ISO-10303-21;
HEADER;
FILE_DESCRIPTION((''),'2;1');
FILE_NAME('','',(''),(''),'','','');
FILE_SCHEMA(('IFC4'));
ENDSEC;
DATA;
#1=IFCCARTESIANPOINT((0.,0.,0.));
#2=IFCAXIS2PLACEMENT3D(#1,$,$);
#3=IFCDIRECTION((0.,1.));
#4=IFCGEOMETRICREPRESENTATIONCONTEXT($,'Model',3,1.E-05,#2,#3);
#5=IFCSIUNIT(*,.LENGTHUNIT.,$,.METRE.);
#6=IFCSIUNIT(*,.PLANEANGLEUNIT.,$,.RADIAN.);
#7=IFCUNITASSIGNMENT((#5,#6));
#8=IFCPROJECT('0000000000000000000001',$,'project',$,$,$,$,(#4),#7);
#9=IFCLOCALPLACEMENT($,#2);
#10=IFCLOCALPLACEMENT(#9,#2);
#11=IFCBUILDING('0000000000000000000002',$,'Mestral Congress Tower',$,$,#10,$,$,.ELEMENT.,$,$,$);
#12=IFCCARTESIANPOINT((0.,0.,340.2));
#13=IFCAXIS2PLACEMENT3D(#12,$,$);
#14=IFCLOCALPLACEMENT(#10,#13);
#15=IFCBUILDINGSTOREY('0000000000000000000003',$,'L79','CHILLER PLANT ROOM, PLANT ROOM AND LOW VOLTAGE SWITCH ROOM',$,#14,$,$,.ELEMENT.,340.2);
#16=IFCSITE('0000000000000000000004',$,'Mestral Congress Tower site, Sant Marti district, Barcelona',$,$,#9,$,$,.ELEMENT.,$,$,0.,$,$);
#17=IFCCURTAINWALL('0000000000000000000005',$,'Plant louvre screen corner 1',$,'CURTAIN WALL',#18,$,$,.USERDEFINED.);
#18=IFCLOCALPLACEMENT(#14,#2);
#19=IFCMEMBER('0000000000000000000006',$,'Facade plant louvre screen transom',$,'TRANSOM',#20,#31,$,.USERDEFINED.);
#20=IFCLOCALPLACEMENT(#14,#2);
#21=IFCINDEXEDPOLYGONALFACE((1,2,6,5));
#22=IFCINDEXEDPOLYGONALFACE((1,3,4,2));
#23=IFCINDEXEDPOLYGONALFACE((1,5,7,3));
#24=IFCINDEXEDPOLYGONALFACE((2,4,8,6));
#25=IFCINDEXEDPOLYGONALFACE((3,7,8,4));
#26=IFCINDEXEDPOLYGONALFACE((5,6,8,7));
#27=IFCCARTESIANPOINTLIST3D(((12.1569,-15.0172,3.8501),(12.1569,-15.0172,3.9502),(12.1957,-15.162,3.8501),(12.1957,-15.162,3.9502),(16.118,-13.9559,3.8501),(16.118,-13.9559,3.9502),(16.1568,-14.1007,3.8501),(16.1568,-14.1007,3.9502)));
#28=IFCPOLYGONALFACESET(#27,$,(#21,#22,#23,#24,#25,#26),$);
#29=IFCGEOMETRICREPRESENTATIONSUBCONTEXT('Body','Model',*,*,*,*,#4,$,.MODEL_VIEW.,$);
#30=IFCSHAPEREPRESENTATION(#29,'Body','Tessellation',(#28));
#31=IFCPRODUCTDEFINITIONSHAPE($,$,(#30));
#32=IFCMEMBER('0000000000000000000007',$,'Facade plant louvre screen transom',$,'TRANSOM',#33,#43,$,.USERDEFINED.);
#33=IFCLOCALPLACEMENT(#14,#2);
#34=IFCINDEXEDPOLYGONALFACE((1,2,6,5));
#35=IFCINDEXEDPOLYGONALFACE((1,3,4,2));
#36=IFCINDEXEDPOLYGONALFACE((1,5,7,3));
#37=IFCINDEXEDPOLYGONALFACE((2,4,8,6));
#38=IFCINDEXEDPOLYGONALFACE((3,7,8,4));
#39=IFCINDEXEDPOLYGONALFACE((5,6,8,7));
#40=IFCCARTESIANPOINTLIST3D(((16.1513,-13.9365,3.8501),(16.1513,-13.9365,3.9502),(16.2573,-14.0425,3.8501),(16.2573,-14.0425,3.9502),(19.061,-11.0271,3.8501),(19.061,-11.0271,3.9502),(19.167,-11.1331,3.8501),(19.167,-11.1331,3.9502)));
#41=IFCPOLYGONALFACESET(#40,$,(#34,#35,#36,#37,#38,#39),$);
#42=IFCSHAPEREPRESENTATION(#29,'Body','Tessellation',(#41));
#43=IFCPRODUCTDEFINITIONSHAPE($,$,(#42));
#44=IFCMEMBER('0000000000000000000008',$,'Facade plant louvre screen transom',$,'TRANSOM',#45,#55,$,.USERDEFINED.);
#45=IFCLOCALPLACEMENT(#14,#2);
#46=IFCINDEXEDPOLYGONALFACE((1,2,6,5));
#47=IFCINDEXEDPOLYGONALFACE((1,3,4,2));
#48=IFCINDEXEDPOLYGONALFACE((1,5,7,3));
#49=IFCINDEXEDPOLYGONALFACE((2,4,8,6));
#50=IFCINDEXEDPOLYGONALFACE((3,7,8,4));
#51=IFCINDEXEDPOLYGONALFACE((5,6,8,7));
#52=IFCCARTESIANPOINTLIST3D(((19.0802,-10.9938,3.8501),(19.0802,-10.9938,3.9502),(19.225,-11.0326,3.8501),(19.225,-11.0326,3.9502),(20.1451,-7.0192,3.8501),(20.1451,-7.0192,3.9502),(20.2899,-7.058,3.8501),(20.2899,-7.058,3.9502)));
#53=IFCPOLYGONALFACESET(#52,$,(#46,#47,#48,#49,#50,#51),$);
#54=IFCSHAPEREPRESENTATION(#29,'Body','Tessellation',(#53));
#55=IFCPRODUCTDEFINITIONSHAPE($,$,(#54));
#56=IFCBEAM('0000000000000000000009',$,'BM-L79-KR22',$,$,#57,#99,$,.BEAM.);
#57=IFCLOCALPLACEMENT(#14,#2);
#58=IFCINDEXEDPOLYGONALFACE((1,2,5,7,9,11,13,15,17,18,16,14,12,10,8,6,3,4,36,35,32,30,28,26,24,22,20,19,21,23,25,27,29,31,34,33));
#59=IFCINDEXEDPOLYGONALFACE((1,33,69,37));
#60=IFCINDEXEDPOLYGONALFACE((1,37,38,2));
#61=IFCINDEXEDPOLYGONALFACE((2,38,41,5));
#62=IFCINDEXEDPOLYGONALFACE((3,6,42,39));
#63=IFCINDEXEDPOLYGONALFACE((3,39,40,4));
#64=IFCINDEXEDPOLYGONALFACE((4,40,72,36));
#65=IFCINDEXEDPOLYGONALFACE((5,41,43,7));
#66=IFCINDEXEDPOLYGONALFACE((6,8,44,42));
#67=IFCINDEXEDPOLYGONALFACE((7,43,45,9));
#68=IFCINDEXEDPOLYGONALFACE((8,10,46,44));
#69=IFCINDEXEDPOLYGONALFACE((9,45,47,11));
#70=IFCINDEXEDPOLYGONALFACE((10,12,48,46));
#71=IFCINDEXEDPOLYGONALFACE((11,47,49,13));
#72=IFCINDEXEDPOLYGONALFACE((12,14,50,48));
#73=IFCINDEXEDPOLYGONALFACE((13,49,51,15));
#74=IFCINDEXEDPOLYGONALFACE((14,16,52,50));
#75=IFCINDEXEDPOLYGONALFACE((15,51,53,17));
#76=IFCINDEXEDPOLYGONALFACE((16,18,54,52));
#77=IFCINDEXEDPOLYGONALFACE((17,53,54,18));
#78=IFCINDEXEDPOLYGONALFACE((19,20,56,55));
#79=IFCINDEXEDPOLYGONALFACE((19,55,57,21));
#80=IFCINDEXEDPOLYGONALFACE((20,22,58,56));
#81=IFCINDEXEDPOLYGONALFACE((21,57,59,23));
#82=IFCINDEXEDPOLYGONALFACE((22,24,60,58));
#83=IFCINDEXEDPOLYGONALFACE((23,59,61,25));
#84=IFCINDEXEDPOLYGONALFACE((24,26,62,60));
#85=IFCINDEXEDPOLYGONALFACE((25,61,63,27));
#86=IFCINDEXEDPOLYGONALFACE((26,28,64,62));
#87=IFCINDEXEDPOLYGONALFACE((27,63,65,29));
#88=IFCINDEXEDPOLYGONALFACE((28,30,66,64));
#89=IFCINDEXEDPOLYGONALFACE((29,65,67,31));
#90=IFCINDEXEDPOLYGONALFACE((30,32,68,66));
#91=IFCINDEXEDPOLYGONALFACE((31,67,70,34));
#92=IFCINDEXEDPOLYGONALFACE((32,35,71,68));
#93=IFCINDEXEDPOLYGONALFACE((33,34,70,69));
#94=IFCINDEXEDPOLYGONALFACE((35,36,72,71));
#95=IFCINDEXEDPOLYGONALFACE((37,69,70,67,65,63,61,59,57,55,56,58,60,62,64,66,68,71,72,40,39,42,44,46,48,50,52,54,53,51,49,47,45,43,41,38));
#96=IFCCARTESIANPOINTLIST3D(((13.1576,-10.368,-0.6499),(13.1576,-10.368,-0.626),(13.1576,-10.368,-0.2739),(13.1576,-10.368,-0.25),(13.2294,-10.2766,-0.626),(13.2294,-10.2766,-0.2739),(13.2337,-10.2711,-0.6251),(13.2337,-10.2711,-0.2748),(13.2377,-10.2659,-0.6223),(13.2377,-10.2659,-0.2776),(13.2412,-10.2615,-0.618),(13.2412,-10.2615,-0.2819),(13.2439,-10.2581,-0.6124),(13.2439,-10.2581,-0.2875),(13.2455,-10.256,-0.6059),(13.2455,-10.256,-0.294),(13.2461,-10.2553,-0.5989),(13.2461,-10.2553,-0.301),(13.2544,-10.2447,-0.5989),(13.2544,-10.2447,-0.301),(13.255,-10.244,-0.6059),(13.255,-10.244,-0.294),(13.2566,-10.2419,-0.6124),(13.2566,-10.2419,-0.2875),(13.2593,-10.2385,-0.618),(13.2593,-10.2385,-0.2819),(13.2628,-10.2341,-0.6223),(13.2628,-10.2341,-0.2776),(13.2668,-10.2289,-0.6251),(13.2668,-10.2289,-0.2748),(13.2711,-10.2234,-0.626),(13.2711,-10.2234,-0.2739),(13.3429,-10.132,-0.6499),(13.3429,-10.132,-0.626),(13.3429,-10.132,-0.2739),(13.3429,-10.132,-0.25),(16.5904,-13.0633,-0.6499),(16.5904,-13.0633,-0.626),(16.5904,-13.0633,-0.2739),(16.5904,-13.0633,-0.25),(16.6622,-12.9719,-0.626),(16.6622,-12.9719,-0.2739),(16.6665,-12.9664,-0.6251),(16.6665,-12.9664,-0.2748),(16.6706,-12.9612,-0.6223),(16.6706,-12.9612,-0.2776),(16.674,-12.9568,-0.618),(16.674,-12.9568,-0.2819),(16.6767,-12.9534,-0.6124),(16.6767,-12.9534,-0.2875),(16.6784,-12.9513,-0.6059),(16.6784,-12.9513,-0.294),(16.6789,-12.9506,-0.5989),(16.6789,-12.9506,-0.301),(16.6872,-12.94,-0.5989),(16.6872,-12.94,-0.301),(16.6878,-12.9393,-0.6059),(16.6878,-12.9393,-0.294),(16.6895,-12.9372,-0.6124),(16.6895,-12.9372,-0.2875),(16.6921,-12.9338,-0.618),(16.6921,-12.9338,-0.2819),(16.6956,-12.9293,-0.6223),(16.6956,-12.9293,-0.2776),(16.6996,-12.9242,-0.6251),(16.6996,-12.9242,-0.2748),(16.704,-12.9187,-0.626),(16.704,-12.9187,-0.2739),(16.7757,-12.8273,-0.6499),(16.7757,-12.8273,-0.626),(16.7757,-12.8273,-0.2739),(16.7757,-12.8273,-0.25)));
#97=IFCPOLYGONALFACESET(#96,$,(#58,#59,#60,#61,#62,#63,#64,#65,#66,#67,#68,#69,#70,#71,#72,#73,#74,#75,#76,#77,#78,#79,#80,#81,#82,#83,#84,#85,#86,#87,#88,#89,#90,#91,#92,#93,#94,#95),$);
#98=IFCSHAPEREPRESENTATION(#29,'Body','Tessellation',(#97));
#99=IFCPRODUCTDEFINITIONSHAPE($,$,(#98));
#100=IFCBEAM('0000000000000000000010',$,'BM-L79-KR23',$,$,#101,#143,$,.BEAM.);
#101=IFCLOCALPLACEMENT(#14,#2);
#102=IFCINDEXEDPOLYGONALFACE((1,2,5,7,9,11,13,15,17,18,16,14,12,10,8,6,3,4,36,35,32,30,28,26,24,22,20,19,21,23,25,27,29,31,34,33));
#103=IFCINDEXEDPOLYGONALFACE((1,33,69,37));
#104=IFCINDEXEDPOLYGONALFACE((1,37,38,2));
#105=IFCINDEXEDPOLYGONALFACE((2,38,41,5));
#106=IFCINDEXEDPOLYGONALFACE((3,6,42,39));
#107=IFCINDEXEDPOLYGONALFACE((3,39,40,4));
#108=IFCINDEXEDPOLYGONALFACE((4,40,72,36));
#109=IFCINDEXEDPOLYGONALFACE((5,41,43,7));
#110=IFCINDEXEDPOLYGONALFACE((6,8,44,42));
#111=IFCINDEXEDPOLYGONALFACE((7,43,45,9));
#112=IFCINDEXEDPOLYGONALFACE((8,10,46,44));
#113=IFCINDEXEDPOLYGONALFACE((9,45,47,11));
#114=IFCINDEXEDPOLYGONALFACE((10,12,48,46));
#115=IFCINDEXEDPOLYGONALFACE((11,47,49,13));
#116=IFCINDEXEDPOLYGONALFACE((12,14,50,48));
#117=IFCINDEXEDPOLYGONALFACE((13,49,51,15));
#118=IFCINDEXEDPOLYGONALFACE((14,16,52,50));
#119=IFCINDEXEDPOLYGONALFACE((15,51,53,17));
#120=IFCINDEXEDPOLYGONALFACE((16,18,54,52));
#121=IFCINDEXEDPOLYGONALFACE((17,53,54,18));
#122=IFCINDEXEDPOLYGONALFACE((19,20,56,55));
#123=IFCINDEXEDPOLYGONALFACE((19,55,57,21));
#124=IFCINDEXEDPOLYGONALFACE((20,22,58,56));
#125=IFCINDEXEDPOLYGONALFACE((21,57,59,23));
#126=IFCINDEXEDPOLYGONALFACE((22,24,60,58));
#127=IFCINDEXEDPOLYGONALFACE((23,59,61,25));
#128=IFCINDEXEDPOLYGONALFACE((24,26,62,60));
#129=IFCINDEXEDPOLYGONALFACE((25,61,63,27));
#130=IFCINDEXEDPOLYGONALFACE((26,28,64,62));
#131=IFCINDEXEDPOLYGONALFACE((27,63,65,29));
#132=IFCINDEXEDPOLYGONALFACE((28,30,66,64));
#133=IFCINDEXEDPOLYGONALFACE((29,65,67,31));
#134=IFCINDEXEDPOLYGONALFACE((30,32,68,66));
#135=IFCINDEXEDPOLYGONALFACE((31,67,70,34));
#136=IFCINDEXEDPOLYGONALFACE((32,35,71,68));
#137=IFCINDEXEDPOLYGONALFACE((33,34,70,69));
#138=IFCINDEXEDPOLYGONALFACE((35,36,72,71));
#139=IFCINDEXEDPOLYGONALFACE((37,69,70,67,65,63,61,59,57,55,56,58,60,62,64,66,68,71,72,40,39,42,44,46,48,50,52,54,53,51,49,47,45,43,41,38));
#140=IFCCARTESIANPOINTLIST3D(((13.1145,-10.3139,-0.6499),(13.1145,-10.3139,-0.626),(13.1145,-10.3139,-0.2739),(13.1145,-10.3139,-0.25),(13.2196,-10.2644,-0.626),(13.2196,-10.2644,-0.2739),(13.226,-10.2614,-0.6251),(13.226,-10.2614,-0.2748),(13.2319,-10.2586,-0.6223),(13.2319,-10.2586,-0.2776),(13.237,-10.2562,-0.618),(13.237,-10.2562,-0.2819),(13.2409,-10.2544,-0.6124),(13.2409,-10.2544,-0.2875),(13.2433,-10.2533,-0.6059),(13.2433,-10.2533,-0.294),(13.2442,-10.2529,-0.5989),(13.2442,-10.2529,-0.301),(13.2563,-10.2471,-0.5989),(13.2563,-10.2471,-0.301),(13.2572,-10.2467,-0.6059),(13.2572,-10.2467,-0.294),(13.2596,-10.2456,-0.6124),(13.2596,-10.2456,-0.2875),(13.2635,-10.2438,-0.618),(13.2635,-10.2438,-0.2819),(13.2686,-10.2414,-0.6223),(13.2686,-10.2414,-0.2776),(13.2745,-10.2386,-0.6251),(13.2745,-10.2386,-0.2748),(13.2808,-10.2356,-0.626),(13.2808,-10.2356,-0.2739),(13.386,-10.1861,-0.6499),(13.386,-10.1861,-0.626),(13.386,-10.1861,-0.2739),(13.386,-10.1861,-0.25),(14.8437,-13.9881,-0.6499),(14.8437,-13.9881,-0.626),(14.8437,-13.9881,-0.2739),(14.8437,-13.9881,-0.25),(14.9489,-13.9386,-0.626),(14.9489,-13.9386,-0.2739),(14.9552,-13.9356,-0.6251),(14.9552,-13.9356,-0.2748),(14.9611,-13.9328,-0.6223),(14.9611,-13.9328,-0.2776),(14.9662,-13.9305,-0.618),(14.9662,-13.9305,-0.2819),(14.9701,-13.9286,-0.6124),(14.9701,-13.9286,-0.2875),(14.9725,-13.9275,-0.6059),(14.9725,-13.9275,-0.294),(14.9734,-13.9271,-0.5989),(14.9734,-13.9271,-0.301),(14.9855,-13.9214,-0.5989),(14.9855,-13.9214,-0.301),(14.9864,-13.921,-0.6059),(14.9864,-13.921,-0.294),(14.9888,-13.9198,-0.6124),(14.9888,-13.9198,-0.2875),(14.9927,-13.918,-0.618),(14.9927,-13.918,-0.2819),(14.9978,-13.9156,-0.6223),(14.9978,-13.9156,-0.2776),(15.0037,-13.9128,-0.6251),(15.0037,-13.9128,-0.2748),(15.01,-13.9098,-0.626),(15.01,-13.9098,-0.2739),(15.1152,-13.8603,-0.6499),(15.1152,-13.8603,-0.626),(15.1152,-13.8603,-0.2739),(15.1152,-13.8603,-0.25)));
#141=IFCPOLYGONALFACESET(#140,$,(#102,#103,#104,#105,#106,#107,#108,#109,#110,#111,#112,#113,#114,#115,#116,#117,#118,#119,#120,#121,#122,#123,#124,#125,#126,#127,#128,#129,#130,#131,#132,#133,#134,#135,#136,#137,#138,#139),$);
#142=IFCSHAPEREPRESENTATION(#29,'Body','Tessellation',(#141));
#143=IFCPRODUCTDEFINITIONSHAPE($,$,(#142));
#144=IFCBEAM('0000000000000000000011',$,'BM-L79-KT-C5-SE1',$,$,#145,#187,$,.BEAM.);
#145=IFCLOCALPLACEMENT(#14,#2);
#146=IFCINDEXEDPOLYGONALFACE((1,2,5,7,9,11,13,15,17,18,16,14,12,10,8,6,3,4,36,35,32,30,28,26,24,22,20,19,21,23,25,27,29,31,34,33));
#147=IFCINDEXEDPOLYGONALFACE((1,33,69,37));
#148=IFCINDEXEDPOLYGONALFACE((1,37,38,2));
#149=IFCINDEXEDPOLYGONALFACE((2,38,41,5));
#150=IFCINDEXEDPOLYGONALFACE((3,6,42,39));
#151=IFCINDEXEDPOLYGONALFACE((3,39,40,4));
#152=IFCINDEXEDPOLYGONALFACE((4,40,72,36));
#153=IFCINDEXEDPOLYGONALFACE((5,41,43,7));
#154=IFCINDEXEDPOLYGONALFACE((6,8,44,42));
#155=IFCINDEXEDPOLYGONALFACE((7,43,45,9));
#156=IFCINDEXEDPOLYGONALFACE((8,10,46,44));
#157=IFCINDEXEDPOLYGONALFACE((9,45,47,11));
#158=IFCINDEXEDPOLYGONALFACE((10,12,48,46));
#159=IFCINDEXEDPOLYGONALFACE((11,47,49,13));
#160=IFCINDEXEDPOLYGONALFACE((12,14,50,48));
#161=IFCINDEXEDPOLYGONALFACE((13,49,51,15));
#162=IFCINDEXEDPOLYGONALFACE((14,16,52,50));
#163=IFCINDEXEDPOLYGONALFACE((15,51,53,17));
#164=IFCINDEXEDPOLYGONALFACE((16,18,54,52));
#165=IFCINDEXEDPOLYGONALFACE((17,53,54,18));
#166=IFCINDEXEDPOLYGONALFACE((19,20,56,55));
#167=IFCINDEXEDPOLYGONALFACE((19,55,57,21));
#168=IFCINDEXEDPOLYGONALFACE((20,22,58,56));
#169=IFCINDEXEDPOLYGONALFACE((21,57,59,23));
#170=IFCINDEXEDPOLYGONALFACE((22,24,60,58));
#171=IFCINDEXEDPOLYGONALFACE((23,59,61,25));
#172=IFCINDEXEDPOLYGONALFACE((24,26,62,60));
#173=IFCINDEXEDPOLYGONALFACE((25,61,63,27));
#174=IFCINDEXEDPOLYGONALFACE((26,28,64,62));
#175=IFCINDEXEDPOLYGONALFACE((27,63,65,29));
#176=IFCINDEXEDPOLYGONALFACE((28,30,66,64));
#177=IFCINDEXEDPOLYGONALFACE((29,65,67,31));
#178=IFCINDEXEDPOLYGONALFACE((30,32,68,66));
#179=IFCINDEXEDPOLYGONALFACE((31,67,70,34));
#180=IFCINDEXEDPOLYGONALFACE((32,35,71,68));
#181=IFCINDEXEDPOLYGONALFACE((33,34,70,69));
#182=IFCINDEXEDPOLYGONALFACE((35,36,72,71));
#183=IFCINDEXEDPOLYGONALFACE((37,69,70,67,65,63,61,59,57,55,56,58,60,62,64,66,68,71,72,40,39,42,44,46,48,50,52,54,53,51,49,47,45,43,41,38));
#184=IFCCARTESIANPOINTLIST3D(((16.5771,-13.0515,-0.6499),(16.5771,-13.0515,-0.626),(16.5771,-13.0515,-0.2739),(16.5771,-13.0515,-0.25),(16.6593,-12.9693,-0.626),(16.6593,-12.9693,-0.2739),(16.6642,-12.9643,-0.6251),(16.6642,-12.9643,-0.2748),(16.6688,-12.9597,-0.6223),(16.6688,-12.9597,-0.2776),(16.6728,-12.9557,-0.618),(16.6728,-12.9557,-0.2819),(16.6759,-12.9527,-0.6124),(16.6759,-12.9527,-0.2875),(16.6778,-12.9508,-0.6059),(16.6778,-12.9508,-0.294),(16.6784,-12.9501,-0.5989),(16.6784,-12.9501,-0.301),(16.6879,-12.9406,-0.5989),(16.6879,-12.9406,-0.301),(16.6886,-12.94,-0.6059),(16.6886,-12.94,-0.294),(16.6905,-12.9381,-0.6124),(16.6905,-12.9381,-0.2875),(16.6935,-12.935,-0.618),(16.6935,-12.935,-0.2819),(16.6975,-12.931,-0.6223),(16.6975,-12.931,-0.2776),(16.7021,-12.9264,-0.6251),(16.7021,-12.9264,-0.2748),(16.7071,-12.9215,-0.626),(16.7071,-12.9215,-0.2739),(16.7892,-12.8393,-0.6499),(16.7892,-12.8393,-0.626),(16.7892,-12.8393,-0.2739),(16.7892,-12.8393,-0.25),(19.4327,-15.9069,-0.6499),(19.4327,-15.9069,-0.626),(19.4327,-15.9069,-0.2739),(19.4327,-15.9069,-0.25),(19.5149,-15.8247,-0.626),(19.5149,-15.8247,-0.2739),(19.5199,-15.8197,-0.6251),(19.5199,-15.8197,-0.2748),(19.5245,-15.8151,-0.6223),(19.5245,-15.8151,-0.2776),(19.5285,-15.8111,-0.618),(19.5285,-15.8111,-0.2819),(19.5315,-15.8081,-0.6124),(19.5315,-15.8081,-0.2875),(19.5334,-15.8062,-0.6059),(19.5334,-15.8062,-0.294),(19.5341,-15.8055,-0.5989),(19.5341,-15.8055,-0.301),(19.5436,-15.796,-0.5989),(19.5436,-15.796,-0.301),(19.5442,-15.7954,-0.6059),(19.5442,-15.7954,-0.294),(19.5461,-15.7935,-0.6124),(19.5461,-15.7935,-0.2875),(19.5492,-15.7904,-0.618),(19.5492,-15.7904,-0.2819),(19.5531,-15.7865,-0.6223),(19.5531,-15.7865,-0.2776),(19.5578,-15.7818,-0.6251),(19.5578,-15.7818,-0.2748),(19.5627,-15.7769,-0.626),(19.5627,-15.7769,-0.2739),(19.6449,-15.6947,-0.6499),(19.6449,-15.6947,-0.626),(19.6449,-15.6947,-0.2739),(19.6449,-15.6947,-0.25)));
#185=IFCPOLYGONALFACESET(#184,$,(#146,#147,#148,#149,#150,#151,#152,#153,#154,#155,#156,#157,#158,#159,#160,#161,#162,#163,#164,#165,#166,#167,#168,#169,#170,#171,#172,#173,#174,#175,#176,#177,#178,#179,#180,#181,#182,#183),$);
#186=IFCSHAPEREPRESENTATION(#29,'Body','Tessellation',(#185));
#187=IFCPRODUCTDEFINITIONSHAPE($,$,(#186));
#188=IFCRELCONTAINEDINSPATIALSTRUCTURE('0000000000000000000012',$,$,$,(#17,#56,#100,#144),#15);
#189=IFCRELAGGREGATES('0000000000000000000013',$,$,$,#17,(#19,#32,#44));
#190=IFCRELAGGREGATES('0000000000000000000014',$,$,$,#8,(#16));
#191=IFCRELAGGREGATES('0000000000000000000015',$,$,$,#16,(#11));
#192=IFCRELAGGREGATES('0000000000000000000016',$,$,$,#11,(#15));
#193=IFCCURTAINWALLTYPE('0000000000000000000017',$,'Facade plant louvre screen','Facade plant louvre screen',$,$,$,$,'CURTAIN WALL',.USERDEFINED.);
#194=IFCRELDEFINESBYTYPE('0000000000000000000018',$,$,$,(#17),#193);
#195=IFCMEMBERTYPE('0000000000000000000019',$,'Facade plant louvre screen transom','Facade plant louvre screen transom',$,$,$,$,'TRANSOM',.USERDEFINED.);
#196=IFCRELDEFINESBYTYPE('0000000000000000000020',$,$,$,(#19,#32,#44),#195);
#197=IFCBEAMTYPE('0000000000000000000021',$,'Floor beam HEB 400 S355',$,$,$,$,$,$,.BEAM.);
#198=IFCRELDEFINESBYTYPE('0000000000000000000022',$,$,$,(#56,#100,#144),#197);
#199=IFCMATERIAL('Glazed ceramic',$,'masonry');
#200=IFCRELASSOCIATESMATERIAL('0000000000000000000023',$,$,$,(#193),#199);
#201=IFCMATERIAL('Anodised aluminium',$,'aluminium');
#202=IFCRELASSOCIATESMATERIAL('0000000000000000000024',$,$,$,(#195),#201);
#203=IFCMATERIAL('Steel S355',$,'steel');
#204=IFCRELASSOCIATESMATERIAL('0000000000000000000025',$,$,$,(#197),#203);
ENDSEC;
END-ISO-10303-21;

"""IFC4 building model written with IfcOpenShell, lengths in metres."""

from ifc_helpers import new_model, si_unit, direction, frame, origin, origin_2d, place, context, subcontext, project, spatial, rectangle, i_section, extrude, material, material_profile, profile_set, type_object, element, aggregate, save


model = new_model("IFC4")

# Units and contexts
model_context = context("Model", 3, precision=1e-05, world=origin(), true_north=direction((0.0, 1.0)))
body_context = subcontext(model_context, "Body", "Model", "MODEL_VIEW")
ifc_project = project(units=[si_unit("LENGTHUNIT", "METRE"), si_unit("PLANEANGLEUNIT", "RADIAN")], contexts=[model_context])

# Site, building, storey
site_placement = place(None, origin())
site = spatial("IfcSite", under=ifc_project, at=site_placement, Name="Mestral Congress Tower site, Sant Marti district, Barcelona", CompositionType="ELEMENT", RefElevation=0.0)
building_placement = place(site_placement, origin())
building = spatial("IfcBuilding", under=site, at=building_placement, Name="Mestral Congress Tower", CompositionType="ELEMENT")
storey_placement = place(building_placement, frame((0.0, 0.0, 340.2)))
storey = spatial("IfcBuildingStorey", under=building, at=storey_placement, Name="L79", Description="CHILLER PLANT ROOM, PLANT ROOM AND LOW VOLTAGE SWITCH ROOM", CompositionType="ELEMENT", Elevation=340.2)

# Shared definitions
ifc_material_1 = material(Name="Steel S355", Category="steel")

# Curtain wall, members
ifc_material_2 = material(Name="Glazed ceramic", Category="masonry")
curtain_wall_type = type_object("IfcCurtainWallType", Name="Facade plant louvre screen", Description="Facade plant louvre screen", ElementType="CURTAIN WALL", PredefinedType="USERDEFINED", material=ifc_material_2)
curtain_wall_placement = place(storey_placement, origin())
curtain_wall = element("IfcCurtainWall", 1, at=curtain_wall_placement, inside=storey, type_object=curtain_wall_type, Name="Plant louvre screen corner 1", ObjectType="CURTAIN WALL", PredefinedType="USERDEFINED")
ifc_material_3 = material(Name="Anodised aluminium", Category="aluminium")
ifc_material_profile_1 = material_profile(ifc_material_3, rectangle(XDim=0.1499, YDim=0.1001, at=origin_2d()), Name="CW6 transom 150 x 100")
ifc_profile_set_1 = profile_set([ifc_material_profile_1], Name="Anodised aluminium")
member_type_1 = type_object("IfcMemberType", Name="Facade plant louvre screen transom", Description="Facade plant louvre screen transom", ElementType="TRANSOM", PredefinedType="USERDEFINED", material=ifc_profile_set_1)
member_1_placement = place(storey_placement, frame((12.1763, -15.0896, 3.9001), z_axis=(0.965933, 0.258793, 0.0), x_axis=(-0.258793, 0.965933, 0.0)))
member_1 = element("IfcMember", 2, at=member_1_placement, type_object=member_type_1, Name="Facade plant louvre screen transom", ObjectType="TRANSOM", PredefinedType="USERDEFINED", context=body_context, shape_type="SweptSolid", body=[
    extrude(rectangle(XDim=0.1499, YDim=0.1001, at=origin_2d()), origin(), (0.0, 0.0, 1.0), 4.1008),
])
member_2_placement = place(storey_placement, frame((16.2043, -13.9895, 3.9001), z_axis=(0.707136, 0.707077, 0.0), x_axis=(-0.707077, 0.707136, 0.0)))
member_2 = element("IfcMember", 3, at=member_2_placement, type_object=member_type_1, Name="Facade plant louvre screen transom", ObjectType="TRANSOM", PredefinedType="USERDEFINED", context=body_context, shape_type="SweptSolid", body=[
    extrude(rectangle(XDim=0.1499, YDim=0.1001, at=origin_2d()), origin(), (0.0, 0.0, 1.0), 4.1147),
])
member_3_placement = place(storey_placement, frame((19.1526, -11.0132, 3.9001), z_axis=(0.258807, 0.965929, 0.0), x_axis=(-0.965929, 0.258807, 0.0)))
member_3 = element("IfcMember", 4, at=member_3_placement, type_object=member_type_1, Name="Facade plant louvre screen transom", ObjectType="TRANSOM", PredefinedType="USERDEFINED", context=body_context, shape_type="SweptSolid", body=[
    extrude(rectangle(XDim=0.1499, YDim=0.1001, at=origin_2d()), origin(), (0.0, 0.0, 1.0), 4.1147),
])

# Beams
ifc_material_profile_2 = material_profile(ifc_material_1, i_section(OverallWidth=0.3, OverallDepth=0.3999, WebThickness=0.0134, FlangeThickness=0.0239, FilletRadius=0.0271, at=origin_2d()), Name="HEB 400")
ifc_profile_set_2 = profile_set([ifc_material_profile_2], Name="Steel S355")
beam_type_1 = type_object("IfcBeamType", Name="Floor beam HEB 400 S355", PredefinedType="BEAM", material=ifc_profile_set_2)
beam_1_placement = place(storey_placement, frame((13.2502, -10.25, -0.45), z_axis=(0.786534, -0.617547, 0.0), x_axis=(0.617547, 0.786534, 0.0)))
element("IfcBeam", 5, at=beam_1_placement, inside=storey, type_object=beam_type_1, Name="BM-L79-KR22", PredefinedType="BEAM", context=body_context, shape_type="SweptSolid", body=[
    extrude(i_section(OverallWidth=0.3, OverallDepth=0.3999, WebThickness=0.0134, FlangeThickness=0.0239, FilletRadius=0.0271, at=origin_2d()), origin(), (0.0, 0.0, 1.0), 4.3645),
])
beam_2_placement = place(storey_placement, frame((13.2502, -10.25, -0.45), z_axis=(0.425829, -0.904804, 0.0), x_axis=(0.904804, 0.425829, 0.0)))
element("IfcBeam", 6, at=beam_2_placement, inside=storey, type_object=beam_type_1, Name="BM-L79-KR23", PredefinedType="BEAM", context=body_context, shape_type="SweptSolid", body=[
    extrude(i_section(OverallWidth=0.3, OverallDepth=0.3999, WebThickness=0.0134, FlangeThickness=0.0239, FilletRadius=0.0271, at=origin_2d()), origin(), (0.0, 0.0, 1.0), 4.0608),
])
beam_3_placement = place(storey_placement, frame((19.5388, -15.8008, -0.45), z_axis=(-0.707137, 0.707077, 0.0), x_axis=(-0.707077, -0.707137, 0.0)))
element("IfcBeam", 7, at=beam_3_placement, inside=storey, type_object=beam_type_1, Name="BM-L79-KT-C5-SE1", PredefinedType="BEAM", context=body_context, shape_type="SweptSolid", body=[
    extrude(i_section(OverallWidth=0.3, OverallDepth=0.3999, WebThickness=0.0134, FlangeThickness=0.0239, FilletRadius=0.0271, at=origin_2d()), origin(), (0.0, 0.0, 1.0), 4.0383),
])

aggregate(curtain_wall, [member_1, member_2, member_3])

save(model, "model.ifc")
